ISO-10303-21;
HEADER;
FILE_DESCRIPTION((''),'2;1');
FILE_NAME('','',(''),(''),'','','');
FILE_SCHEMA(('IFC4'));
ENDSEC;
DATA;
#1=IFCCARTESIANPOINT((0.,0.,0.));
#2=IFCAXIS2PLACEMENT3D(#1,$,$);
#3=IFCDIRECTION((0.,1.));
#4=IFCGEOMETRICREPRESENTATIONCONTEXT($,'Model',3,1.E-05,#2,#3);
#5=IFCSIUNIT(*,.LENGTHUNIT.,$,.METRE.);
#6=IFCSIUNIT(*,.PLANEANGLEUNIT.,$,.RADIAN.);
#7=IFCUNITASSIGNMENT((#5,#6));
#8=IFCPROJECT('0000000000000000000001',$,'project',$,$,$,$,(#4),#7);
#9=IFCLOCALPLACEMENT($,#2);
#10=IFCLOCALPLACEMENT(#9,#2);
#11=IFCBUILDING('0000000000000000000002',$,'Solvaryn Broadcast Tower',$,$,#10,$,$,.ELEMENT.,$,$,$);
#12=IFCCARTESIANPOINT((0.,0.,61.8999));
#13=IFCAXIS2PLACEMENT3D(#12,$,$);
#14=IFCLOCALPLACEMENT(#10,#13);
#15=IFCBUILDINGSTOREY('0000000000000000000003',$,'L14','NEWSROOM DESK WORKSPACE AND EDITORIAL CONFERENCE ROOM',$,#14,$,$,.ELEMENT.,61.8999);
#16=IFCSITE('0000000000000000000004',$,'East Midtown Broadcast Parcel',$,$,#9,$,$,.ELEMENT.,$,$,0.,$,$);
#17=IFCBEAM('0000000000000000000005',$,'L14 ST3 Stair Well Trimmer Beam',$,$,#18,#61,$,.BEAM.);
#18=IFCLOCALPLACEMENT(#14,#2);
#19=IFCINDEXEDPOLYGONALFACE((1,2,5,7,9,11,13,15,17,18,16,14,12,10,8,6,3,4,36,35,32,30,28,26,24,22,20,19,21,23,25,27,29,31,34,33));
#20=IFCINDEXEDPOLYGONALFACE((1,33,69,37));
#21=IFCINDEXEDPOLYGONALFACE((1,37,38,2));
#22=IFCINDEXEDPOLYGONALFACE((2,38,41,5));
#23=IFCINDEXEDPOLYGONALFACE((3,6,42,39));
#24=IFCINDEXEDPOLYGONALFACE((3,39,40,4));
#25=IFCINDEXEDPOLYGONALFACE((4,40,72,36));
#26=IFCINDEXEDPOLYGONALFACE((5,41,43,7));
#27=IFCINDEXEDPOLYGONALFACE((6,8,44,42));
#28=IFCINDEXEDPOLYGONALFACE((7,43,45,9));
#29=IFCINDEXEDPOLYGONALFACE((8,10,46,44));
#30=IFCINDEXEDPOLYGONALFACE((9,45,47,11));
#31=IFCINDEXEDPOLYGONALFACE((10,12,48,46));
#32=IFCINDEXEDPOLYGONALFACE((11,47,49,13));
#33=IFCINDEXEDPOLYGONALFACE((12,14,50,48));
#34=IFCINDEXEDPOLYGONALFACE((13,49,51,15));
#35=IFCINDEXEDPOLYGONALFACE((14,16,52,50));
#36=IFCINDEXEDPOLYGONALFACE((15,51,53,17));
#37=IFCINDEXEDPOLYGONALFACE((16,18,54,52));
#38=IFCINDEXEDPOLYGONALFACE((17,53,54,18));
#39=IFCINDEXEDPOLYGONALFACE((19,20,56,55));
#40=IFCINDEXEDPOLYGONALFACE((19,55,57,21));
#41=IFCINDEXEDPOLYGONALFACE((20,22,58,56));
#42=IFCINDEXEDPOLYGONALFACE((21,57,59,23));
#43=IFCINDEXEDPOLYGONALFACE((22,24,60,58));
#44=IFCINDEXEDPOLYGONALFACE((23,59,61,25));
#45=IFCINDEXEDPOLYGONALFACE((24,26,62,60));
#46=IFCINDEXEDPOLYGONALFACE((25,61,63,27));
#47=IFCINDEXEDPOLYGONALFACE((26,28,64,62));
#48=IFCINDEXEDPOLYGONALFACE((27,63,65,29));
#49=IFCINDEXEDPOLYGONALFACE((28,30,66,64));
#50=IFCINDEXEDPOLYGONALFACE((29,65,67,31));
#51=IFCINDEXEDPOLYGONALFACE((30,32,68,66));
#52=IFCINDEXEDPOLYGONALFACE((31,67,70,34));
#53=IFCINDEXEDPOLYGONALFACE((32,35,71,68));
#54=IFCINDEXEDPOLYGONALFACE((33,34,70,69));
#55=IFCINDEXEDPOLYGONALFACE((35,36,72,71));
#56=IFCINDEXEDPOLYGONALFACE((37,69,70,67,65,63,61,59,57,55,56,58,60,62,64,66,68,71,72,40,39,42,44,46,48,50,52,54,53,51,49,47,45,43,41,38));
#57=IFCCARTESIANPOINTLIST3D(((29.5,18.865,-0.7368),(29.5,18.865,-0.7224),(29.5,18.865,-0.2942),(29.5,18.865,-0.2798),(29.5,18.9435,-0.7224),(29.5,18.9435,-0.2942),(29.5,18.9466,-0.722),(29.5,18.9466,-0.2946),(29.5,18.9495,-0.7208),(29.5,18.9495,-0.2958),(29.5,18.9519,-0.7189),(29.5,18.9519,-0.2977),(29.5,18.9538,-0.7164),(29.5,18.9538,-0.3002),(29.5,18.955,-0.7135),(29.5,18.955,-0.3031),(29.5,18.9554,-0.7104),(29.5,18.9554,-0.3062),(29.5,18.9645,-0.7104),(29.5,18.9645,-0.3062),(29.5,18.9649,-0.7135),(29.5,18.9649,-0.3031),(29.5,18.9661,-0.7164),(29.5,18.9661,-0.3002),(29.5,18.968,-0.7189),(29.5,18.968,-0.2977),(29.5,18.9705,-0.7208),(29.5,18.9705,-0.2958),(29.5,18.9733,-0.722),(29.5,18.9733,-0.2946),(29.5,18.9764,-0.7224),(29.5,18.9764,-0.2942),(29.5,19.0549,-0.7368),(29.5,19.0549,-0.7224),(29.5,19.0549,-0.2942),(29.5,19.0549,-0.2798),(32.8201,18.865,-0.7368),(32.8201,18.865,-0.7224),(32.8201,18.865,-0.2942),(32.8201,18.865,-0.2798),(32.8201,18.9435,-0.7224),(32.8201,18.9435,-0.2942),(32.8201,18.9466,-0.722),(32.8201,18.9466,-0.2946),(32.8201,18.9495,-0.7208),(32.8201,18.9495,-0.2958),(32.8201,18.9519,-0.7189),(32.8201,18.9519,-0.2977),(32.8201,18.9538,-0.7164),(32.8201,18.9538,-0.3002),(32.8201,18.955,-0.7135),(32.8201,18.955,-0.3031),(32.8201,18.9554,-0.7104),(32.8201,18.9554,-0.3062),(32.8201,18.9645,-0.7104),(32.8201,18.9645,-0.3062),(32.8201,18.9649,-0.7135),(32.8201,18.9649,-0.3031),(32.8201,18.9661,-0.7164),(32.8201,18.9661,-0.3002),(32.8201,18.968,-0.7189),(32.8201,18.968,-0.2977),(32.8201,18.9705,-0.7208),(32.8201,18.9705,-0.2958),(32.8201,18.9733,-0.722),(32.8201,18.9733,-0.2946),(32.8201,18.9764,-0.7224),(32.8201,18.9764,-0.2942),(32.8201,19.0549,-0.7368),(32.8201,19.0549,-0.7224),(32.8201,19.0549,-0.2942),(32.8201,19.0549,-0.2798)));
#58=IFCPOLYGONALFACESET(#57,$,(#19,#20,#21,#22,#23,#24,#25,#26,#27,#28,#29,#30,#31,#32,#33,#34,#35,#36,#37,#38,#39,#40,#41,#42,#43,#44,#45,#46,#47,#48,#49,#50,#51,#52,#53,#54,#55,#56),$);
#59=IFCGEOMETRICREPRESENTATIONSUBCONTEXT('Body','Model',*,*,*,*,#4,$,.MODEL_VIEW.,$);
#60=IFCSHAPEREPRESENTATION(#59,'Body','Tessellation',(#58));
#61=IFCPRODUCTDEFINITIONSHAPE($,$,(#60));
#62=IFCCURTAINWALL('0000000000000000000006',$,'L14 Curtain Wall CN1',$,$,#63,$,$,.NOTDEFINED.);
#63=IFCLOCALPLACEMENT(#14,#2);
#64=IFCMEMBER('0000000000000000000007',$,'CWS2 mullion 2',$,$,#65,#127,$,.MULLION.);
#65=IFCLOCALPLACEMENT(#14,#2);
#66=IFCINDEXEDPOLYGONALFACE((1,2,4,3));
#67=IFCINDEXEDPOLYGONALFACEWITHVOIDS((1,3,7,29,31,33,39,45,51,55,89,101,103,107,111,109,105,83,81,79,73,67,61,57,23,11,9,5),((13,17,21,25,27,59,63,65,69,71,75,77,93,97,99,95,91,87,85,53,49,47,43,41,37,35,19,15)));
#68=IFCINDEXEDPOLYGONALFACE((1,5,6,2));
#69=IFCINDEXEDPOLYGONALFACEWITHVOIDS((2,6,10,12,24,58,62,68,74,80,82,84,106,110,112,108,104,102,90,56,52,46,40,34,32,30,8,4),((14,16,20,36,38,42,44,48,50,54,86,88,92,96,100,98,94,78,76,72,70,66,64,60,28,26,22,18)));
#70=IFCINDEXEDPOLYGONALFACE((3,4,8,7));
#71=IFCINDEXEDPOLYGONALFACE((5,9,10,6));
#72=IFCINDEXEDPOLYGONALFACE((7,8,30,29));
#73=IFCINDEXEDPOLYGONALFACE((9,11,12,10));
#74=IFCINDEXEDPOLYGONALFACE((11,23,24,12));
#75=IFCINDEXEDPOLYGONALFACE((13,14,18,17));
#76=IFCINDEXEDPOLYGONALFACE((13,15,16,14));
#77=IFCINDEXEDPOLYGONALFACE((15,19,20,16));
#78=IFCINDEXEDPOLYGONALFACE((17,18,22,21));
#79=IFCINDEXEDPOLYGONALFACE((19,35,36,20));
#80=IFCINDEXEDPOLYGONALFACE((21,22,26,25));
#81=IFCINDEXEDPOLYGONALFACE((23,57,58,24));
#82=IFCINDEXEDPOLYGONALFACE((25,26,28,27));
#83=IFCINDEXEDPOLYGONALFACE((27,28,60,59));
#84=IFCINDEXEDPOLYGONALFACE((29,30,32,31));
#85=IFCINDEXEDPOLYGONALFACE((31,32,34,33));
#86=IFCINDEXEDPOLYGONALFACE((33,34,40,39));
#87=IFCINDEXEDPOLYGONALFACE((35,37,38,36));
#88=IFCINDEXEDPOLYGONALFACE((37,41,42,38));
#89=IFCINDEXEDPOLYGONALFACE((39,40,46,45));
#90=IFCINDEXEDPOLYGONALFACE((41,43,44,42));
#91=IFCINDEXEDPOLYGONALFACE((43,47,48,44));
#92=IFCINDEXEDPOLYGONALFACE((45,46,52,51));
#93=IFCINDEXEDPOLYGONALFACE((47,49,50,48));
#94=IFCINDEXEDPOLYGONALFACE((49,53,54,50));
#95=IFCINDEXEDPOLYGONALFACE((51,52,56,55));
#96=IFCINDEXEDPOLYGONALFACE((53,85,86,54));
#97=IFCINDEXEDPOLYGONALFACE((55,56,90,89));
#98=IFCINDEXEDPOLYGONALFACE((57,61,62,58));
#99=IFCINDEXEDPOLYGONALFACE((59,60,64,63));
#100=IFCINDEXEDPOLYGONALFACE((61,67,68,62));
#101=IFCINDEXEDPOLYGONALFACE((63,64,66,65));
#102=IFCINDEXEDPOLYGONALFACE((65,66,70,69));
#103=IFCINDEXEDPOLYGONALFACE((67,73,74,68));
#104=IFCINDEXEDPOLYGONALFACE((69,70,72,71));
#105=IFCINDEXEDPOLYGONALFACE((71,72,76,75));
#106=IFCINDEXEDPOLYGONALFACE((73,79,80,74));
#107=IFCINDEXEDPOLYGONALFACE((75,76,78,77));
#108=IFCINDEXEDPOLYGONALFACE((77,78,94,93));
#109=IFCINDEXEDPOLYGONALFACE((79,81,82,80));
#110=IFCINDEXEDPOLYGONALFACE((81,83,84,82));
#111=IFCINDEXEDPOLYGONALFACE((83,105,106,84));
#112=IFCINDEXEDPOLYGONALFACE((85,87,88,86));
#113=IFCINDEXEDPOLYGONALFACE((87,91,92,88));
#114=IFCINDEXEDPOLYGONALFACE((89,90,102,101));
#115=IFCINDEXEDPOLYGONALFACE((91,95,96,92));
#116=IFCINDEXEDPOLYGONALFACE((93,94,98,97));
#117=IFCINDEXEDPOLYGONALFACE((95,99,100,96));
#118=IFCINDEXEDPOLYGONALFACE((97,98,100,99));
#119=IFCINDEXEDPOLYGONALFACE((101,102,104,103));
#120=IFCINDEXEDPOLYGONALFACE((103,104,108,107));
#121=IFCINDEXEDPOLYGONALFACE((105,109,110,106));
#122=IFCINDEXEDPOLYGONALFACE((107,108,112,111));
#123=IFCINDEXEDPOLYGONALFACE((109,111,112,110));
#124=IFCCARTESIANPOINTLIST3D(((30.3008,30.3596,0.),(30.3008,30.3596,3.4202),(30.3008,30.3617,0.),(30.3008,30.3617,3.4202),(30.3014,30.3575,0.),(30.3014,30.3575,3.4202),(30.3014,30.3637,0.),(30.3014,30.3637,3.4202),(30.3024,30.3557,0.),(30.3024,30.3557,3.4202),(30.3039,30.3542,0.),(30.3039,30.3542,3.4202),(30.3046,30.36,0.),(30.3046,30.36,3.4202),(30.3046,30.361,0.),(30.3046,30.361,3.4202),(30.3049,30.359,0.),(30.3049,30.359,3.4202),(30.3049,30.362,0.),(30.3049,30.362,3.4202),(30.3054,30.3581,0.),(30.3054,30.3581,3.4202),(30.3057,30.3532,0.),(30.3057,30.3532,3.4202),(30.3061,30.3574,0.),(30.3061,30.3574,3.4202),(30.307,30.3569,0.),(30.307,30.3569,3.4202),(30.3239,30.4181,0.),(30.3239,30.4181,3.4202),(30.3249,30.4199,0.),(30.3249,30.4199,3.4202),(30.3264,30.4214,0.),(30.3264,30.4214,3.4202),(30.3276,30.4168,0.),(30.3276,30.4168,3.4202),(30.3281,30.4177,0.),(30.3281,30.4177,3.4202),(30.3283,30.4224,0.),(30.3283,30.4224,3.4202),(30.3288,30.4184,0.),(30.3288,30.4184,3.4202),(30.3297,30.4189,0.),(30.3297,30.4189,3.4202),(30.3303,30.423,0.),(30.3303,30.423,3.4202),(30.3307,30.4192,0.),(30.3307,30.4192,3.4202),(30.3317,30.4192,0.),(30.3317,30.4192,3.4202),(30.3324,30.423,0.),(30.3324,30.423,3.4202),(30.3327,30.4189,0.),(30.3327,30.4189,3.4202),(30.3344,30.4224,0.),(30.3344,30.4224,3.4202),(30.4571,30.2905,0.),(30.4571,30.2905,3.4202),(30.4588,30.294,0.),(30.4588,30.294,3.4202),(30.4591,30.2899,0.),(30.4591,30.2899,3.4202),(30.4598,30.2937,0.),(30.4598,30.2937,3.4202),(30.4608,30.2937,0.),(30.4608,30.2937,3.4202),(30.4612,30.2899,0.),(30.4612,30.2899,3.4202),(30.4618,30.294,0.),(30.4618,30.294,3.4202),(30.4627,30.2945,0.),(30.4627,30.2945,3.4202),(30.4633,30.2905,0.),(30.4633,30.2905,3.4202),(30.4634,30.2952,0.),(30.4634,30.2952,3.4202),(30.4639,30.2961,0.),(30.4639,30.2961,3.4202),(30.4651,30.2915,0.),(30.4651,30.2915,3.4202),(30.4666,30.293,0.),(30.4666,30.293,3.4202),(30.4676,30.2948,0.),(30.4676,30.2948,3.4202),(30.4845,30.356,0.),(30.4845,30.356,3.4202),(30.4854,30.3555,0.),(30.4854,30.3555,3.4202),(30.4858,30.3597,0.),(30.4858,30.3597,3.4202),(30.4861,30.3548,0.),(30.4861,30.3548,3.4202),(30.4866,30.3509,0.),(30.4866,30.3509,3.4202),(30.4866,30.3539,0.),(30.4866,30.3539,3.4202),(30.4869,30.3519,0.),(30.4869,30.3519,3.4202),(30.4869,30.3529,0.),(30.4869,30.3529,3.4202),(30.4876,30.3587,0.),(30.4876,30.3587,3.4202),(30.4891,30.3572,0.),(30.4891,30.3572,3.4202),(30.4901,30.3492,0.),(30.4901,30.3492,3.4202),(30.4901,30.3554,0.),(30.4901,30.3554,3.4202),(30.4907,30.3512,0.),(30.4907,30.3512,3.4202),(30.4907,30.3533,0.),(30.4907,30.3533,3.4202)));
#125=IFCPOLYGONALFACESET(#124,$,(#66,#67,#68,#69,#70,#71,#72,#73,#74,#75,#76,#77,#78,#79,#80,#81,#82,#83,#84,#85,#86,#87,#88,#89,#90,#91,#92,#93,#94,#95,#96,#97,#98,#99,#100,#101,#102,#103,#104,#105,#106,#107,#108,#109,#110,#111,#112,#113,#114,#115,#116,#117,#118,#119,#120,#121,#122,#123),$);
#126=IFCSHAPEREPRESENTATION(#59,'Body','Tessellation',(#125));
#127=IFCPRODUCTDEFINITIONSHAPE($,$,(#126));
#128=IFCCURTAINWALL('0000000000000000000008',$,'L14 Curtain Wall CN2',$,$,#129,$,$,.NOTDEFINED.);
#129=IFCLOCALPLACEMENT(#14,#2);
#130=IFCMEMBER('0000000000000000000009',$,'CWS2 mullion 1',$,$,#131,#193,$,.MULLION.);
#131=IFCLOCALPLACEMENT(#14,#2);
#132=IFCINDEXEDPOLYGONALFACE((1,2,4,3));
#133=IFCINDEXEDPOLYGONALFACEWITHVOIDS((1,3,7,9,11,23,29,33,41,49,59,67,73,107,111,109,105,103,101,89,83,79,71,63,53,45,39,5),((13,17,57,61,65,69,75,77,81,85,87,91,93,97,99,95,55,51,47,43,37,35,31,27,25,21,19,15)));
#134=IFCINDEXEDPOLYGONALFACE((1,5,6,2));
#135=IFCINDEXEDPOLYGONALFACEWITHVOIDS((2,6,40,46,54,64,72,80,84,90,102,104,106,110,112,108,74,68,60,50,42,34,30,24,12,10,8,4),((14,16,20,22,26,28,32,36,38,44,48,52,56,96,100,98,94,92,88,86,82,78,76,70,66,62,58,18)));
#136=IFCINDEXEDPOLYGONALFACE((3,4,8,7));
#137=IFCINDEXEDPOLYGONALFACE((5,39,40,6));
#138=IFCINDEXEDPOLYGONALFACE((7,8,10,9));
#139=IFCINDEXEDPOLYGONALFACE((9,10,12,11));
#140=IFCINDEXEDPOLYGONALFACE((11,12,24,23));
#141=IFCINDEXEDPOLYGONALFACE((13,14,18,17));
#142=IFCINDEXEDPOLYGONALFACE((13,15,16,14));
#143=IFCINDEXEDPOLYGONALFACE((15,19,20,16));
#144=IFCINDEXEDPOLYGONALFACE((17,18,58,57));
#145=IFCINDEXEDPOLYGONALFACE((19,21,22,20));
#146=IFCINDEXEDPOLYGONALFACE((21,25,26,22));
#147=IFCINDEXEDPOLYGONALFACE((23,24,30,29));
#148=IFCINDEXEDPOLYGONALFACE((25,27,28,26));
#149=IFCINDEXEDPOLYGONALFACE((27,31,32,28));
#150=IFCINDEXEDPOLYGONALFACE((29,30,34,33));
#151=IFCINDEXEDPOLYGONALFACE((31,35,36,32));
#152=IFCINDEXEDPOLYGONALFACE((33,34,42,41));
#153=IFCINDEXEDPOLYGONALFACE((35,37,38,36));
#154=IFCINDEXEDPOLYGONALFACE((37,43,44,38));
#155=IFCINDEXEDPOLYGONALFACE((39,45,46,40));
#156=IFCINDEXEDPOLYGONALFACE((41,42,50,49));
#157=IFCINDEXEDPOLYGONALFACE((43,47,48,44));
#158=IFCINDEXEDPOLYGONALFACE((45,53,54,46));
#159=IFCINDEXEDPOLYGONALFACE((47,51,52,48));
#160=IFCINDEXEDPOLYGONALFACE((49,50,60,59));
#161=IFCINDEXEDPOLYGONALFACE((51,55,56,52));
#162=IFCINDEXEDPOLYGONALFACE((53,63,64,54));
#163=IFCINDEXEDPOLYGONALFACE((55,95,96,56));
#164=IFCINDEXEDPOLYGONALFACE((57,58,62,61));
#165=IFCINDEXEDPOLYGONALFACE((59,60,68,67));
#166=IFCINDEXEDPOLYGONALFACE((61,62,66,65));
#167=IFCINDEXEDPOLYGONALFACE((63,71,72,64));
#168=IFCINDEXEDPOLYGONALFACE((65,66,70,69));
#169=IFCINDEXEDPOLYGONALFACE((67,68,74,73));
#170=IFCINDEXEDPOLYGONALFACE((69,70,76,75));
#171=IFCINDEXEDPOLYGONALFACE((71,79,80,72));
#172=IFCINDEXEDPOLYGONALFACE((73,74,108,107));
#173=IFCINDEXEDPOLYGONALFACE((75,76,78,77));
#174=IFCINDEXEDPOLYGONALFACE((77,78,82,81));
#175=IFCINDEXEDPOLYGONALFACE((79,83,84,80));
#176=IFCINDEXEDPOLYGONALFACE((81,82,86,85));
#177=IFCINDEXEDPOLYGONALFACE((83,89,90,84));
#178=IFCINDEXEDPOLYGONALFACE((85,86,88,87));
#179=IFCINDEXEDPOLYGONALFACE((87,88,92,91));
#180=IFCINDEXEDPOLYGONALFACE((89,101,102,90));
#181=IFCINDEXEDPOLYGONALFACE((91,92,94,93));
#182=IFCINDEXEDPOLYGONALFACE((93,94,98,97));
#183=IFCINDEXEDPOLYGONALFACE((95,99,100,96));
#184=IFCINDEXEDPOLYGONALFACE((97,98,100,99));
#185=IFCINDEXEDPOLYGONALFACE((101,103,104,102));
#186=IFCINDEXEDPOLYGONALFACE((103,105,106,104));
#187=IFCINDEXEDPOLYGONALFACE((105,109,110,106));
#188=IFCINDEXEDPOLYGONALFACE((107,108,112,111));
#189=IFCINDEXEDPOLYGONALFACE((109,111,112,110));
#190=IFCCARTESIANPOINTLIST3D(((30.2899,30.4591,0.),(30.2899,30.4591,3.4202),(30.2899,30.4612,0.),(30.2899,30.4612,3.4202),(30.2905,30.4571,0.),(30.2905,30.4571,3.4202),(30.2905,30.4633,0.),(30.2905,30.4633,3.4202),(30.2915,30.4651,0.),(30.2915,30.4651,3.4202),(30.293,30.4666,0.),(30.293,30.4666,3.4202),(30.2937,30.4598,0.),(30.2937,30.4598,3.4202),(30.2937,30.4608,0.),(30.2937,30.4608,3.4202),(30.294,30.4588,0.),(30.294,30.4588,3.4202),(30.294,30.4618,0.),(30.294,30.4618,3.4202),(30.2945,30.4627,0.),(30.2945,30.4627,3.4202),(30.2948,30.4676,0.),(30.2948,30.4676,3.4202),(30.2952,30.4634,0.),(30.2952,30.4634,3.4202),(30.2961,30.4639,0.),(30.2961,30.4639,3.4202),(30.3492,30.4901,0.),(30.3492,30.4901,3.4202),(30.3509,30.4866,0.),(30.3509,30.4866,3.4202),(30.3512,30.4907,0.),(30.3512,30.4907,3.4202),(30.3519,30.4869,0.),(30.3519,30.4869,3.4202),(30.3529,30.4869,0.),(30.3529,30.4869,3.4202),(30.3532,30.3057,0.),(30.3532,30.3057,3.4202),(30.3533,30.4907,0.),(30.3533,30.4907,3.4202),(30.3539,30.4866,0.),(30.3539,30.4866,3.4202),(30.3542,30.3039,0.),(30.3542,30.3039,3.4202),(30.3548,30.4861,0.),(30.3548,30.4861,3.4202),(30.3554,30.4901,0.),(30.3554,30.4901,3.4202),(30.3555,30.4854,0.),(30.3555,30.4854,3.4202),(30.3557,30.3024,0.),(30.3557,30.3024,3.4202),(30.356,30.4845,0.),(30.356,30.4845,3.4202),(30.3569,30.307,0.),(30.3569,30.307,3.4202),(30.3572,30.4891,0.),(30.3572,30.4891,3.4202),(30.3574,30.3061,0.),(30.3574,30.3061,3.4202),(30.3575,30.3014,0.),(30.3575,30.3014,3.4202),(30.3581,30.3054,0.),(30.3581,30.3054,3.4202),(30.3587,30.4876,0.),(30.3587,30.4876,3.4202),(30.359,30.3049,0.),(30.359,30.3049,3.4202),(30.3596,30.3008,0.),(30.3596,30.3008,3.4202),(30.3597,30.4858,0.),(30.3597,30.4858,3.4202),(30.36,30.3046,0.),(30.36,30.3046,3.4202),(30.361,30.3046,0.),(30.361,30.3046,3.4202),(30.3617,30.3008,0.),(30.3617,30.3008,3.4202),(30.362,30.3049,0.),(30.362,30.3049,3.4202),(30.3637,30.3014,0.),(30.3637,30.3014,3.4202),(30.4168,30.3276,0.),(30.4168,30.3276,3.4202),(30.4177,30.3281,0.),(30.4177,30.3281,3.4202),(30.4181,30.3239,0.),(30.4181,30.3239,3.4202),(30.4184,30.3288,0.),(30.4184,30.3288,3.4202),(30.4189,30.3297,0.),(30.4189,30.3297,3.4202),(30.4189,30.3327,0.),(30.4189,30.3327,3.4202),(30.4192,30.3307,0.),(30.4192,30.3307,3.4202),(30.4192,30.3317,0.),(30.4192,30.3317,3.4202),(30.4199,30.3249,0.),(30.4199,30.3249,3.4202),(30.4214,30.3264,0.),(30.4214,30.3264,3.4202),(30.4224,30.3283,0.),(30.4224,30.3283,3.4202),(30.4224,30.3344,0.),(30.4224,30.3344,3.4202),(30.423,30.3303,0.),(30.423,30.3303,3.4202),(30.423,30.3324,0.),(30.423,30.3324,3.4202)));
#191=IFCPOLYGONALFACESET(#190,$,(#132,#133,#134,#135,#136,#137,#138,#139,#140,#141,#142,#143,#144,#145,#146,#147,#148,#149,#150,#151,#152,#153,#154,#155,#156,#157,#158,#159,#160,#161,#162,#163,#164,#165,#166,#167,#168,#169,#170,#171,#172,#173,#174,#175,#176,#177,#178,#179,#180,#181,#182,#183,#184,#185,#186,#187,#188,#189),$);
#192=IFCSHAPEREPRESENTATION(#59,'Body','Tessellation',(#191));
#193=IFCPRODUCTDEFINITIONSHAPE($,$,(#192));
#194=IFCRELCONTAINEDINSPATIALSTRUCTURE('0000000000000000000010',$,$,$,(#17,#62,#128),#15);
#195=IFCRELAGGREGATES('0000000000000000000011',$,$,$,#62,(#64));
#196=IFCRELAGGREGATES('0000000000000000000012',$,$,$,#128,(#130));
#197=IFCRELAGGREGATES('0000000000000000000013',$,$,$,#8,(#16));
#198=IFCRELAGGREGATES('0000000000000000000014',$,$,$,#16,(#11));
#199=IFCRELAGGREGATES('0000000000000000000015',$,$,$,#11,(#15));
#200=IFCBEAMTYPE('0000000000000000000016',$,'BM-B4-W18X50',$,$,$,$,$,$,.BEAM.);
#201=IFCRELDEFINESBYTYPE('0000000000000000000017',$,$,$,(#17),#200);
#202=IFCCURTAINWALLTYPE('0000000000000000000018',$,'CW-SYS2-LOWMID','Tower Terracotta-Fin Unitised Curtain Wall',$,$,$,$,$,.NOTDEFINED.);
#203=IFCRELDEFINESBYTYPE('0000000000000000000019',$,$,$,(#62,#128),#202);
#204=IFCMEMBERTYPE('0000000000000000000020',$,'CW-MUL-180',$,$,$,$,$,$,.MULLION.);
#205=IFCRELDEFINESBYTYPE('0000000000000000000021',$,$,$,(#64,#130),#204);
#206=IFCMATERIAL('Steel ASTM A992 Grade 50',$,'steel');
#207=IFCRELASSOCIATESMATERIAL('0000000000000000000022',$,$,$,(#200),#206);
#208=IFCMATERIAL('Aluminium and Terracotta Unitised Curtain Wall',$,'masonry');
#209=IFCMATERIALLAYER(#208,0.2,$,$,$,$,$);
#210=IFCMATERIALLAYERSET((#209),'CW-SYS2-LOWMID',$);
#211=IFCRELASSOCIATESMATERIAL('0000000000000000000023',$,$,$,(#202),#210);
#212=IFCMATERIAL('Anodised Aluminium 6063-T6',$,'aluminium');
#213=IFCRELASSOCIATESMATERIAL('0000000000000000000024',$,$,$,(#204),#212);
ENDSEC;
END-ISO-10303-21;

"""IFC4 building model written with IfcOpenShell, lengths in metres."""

from ifc_helpers import new_model, si_unit, direction, frame, origin, origin_2d, place, context, subcontext, project, spatial, hollow_rectangle, i_section, extrude, material, layer, layer_set, material_profile, profile_set, type_object, element, aggregate, save


model = new_model("IFC4")

# Units and contexts
model_context = context("Model", 3, precision=1e-05, world=origin(), true_north=direction((0.0, 1.0)))
body_context = subcontext(model_context, "Body", "Model", "MODEL_VIEW")
ifc_project = project(units=[si_unit("LENGTHUNIT", "METRE"), si_unit("PLANEANGLEUNIT", "RADIAN")], contexts=[model_context])

# Site, building, storey
site_placement = place(None, origin())
site = spatial("IfcSite", under=ifc_project, at=site_placement, Name="East Midtown Broadcast Parcel", CompositionType="ELEMENT", RefElevation=0.0)
building_placement = place(site_placement, origin())
building = spatial("IfcBuilding", under=site, at=building_placement, Name="Solvaryn Broadcast Tower", CompositionType="ELEMENT")
storey_placement = place(building_placement, frame((0.0, 0.0, 61.8999)))
storey = spatial("IfcBuildingStorey", under=building, at=storey_placement, Name="L14", Description="NEWSROOM DESK WORKSPACE AND EDITORIAL CONFERENCE ROOM", CompositionType="ELEMENT", Elevation=61.8999)

# Beam
ifc_material_1 = material(Name="Steel ASTM A992 Grade 50", Category="steel")
ifc_material_profile_1 = material_profile(ifc_material_1, i_section(OverallWidth=0.1899, OverallDepth=0.457, WebThickness=0.009, FlangeThickness=0.0144, FilletRadius=0.012, at=origin_2d()))
ifc_profile_set_1 = profile_set([ifc_material_profile_1], Name="Steel ASTM A992 Grade 50")
beam_type_1 = type_object("IfcBeamType", Name="BM-B4-W18X50", PredefinedType="BEAM", material=ifc_profile_set_1)
beam_1_placement = place(storey_placement, frame((29.5, 18.96, -0.5083), z_axis=(1.0, 0.0, 0.0), x_axis=(0.0, 1.0, 0.0)))
element("IfcBeam", 1, at=beam_1_placement, inside=storey, type_object=beam_type_1, Name="L14 ST3 Stair Well Trimmer Beam", PredefinedType="BEAM", context=body_context, shape_type="SweptSolid", body=[
    extrude(i_section(OverallWidth=0.1899, OverallDepth=0.457, WebThickness=0.009, FlangeThickness=0.0144, FilletRadius=0.012, at=origin_2d()), origin(), (0.0, 0.0, 1.0), 3.3201),
])

# Curtain wall, member
ifc_material_2 = material(Name="Aluminium and Terracotta Unitised Curtain Wall", Category="masonry")
ifc_layer_1 = layer(ifc_material_2, 0.2)
ifc_layer_set_1 = layer_set([ifc_layer_1], Name="CW-SYS2-LOWMID")
curtain_wall_type = type_object("IfcCurtainWallType", Name="CW-SYS2-LOWMID", Description="Tower Terracotta-Fin Unitised Curtain Wall", PredefinedType="NOTDEFINED", material=ifc_layer_set_1)
curtain_wall_1_placement = place(storey_placement, origin())
curtain_wall_1 = element("IfcCurtainWall", 2, at=curtain_wall_1_placement, inside=storey, type_object=curtain_wall_type, Name="L14 Curtain Wall CN1", PredefinedType="NOTDEFINED")
ifc_material_3 = material(Name="Anodised Aluminium 6063-T6", Category="aluminium")
ifc_material_profile_2 = material_profile(ifc_material_3, hollow_rectangle(XDim=0.075, YDim=0.1799, WallThickness=0.0039, InnerFilletRadius=0.0039, OuterFilletRadius=0.0081, at=origin_2d()))
ifc_profile_set_2 = profile_set([ifc_material_profile_2], Name="Anodised Aluminium 6063-T6")
member_type_1 = type_object("IfcMemberType", Name="CW-MUL-180", PredefinedType="MULLION", material=ifc_profile_set_2)
member_1_placement = place(storey_placement, frame((30.3958, 30.3564, 0.0), z_axis=(0.0, 0.0, 1.0), x_axis=(-0.382646, -0.923895, 0.0)))
member_1 = element("IfcMember", 3, at=member_1_placement, type_object=member_type_1, Name="CWS2 mullion 2", PredefinedType="MULLION", context=body_context, shape_type="SweptSolid", body=[
    extrude(hollow_rectangle(XDim=0.075, YDim=0.1799, WallThickness=0.0039, InnerFilletRadius=0.0039, OuterFilletRadius=0.0081, at=origin_2d()), origin(), (0.0, 0.0, 1.0), 3.4202),
])

# Curtain wall, member
curtain_wall_2_placement = place(storey_placement, origin())
curtain_wall_2 = element("IfcCurtainWall", 4, at=curtain_wall_2_placement, inside=storey, type_object=curtain_wall_type, Name="L14 Curtain Wall CN2", PredefinedType="NOTDEFINED")
member_2_placement = place(storey_placement, frame((30.3564, 30.3958, 0.0), z_axis=(0.0, 0.0, 1.0), x_axis=(-0.923895, -0.382646, 0.0)))
member_2 = element("IfcMember", 5, at=member_2_placement, type_object=member_type_1, Name="CWS2 mullion 1", PredefinedType="MULLION", context=body_context, shape_type="SweptSolid", body=[
    extrude(hollow_rectangle(XDim=0.075, YDim=0.1799, WallThickness=0.0039, InnerFilletRadius=0.0039, OuterFilletRadius=0.0081, at=origin_2d()), origin(), (0.0, 0.0, 1.0), 3.4202),
])

aggregate(curtain_wall_1, [member_1])
aggregate(curtain_wall_2, [member_2])

save(model, "model.ifc")
